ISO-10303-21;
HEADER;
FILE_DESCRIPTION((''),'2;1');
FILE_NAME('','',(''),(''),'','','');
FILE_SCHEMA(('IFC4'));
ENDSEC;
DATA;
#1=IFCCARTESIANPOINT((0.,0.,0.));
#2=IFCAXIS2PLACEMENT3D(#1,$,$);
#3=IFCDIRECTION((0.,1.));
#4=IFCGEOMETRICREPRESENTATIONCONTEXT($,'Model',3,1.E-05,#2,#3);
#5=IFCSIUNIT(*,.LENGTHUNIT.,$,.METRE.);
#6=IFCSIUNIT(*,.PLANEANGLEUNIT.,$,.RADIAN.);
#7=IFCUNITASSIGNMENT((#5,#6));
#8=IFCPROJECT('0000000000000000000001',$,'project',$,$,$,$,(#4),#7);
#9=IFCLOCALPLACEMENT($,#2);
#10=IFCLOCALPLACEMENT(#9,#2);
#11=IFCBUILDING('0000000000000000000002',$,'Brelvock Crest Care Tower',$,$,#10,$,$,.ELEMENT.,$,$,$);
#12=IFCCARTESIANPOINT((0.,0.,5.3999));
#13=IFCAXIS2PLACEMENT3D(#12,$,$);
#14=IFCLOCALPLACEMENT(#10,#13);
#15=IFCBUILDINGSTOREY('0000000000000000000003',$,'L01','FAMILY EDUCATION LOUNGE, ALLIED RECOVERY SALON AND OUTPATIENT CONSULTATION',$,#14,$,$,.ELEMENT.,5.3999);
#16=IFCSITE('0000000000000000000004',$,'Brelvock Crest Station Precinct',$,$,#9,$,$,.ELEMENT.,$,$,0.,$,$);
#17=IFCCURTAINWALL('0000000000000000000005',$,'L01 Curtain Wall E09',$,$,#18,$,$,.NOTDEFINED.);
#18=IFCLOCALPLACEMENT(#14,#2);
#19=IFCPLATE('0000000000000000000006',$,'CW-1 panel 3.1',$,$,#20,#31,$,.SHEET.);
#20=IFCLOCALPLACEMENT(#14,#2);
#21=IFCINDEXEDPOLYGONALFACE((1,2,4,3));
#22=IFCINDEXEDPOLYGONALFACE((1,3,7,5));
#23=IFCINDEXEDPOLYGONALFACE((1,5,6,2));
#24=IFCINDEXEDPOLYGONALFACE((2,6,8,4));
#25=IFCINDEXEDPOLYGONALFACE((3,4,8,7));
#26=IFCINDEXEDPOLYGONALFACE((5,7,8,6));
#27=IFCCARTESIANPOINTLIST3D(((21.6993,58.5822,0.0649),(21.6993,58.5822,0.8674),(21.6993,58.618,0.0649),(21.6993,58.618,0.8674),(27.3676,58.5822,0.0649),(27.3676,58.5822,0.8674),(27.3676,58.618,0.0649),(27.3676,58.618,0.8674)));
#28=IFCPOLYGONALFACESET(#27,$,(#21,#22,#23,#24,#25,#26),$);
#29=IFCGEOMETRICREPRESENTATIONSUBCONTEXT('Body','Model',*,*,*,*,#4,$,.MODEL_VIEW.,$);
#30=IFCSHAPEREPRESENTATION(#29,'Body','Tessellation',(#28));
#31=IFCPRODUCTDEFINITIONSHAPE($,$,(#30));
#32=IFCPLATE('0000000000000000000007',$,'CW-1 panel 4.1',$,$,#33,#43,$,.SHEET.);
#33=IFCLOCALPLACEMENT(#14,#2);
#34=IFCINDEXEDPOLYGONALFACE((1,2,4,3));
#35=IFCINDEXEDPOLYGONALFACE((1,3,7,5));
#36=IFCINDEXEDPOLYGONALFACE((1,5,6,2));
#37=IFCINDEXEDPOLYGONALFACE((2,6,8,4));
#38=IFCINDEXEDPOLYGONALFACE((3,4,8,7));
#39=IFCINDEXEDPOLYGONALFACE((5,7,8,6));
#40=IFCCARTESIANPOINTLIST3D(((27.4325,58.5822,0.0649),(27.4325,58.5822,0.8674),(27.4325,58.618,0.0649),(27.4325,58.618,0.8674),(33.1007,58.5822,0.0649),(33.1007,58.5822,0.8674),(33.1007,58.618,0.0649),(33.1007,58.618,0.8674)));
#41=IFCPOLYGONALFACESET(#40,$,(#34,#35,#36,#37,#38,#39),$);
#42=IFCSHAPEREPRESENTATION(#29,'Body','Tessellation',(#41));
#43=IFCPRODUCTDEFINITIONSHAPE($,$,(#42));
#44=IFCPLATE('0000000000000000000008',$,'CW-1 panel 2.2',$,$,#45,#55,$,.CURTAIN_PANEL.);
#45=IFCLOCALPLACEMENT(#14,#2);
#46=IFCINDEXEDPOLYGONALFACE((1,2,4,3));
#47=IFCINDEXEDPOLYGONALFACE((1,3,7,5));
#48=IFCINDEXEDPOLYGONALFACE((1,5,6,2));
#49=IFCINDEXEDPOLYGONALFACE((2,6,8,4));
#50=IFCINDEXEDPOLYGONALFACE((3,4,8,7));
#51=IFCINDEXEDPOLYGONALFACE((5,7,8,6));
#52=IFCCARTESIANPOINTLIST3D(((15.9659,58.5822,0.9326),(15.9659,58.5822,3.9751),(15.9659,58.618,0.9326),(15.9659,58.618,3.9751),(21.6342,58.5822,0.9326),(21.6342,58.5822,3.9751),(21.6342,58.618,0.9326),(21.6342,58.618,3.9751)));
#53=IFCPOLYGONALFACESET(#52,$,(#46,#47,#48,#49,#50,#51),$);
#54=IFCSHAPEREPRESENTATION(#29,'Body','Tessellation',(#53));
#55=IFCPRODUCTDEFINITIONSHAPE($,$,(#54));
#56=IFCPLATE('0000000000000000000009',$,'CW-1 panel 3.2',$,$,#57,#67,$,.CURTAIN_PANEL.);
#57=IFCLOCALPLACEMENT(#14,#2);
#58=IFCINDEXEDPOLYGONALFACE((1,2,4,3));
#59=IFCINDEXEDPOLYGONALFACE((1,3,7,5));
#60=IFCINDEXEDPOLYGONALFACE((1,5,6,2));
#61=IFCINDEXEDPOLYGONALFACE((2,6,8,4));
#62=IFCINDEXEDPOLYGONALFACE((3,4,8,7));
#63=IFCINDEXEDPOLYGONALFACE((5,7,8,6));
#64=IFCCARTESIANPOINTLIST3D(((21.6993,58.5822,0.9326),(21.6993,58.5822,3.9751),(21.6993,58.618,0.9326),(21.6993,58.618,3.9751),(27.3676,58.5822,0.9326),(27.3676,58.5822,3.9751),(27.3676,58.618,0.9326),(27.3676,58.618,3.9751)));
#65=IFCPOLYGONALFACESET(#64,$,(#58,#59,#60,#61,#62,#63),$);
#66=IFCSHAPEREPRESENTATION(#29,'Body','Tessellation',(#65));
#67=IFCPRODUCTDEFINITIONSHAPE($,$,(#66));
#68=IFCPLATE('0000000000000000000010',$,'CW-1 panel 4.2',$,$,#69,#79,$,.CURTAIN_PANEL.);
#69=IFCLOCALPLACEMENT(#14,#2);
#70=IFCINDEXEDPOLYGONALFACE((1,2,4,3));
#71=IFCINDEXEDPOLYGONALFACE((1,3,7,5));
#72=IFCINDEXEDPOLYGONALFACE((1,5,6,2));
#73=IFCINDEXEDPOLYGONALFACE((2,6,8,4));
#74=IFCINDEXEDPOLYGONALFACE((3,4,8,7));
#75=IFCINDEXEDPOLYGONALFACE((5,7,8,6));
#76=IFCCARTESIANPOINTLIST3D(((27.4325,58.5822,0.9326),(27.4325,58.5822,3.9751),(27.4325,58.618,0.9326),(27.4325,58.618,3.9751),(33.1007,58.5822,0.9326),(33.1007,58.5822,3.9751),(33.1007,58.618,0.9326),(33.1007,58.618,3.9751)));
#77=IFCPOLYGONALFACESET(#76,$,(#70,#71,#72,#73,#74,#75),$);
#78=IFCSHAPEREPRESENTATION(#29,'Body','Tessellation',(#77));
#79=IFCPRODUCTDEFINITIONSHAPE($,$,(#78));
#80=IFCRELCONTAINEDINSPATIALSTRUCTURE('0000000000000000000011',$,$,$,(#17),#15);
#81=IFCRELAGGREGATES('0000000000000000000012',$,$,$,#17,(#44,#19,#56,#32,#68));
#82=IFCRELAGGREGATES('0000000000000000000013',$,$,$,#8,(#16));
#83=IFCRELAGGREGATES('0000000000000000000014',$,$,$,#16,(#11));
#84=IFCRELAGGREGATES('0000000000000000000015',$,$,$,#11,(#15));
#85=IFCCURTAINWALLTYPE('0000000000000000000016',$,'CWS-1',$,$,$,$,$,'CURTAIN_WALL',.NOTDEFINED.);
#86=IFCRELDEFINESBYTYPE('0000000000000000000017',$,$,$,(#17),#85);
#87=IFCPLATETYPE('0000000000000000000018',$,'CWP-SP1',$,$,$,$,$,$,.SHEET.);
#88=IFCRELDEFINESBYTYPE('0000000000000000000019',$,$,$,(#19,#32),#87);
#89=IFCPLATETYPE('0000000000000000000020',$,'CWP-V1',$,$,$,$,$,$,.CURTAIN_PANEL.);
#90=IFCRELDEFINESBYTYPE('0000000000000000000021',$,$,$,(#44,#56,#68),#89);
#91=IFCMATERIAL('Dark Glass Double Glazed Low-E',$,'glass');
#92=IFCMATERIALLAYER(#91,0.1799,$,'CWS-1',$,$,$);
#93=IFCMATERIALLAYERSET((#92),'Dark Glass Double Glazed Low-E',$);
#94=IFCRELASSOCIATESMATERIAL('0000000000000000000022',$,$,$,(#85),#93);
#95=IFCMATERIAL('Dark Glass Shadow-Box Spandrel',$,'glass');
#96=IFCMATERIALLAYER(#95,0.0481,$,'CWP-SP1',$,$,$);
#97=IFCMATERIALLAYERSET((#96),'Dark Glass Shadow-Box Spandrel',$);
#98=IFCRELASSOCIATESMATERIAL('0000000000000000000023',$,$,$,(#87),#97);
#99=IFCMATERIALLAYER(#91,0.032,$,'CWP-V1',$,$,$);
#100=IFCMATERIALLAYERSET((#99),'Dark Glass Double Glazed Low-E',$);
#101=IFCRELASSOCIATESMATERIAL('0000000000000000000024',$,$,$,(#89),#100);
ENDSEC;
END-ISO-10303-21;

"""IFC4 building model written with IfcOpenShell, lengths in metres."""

from ifc_helpers import new_model, si_unit, direction, frame, origin, origin_2d, place, context, subcontext, project, spatial, rectangle, extrude, source, transform, mapped, material, layer, layer_set, type_object, element, aggregate, save


model = new_model("IFC4")

# Units and contexts
model_context = context("Model", 3, precision=1e-05, world=origin(), true_north=direction((0.0, 1.0)))
body_context = subcontext(model_context, "Body", "Model", "MODEL_VIEW")
ifc_project = project(units=[si_unit("LENGTHUNIT", "METRE"), si_unit("PLANEANGLEUNIT", "RADIAN")], contexts=[model_context])

# Site, building, storey
site_placement = place(None, origin())
site = spatial("IfcSite", under=ifc_project, at=site_placement, Name="Brelvock Crest Station Precinct", CompositionType="ELEMENT", RefElevation=0.0)
building_placement = place(site_placement, origin())
building = spatial("IfcBuilding", under=site, at=building_placement, Name="Brelvock Crest Care Tower", CompositionType="ELEMENT")
storey_placement = place(building_placement, frame((0.0, 0.0, 5.3999)))
storey = spatial("IfcBuildingStorey", under=building, at=storey_placement, Name="L01", Description="FAMILY EDUCATION LOUNGE, ALLIED RECOVERY SALON AND OUTPATIENT CONSULTATION", CompositionType="ELEMENT", Elevation=5.3999)

# Curtain wall, plates
ifc_material_1 = material(Name="Dark Glass Double Glazed Low-E", Category="glass")
ifc_layer_1 = layer(ifc_material_1, 0.1799, Name="CWS-1")
ifc_layer_set_1 = layer_set([ifc_layer_1], Name="Dark Glass Double Glazed Low-E")
curtain_wall_type = type_object("IfcCurtainWallType", Name="CWS-1", ElementType="CURTAIN_WALL", PredefinedType="NOTDEFINED", material=ifc_layer_set_1)
curtain_wall_placement = place(storey_placement, origin())
curtain_wall = element("IfcCurtainWall", 1, at=curtain_wall_placement, inside=storey, type_object=curtain_wall_type, Name="L01 Curtain Wall E09", PredefinedType="NOTDEFINED")
ifc_material_2 = material(Name="Dark Glass Shadow-Box Spandrel", Category="glass")
ifc_layer_2 = layer(ifc_material_2, 0.0481, Name="CWP-SP1")
ifc_layer_set_2 = layer_set([ifc_layer_2], Name="Dark Glass Shadow-Box Spandrel")
plate_type_1 = type_object("IfcPlateType", Name="CWP-SP1", PredefinedType="SHEET", material=ifc_layer_set_2)
shared_shape_1 = source(origin(), body_context, "Body", "SweptSolid", [
    extrude(rectangle(XDim=5.6682, YDim=0.0359, at=origin_2d()), origin(), (0.0, 0.0, 1.0), 0.8025),
])
plate_1_placement = place(storey_placement, frame((24.5334, 58.6001, 0.0649), z_axis=(0.0, 0.0, 1.0), x_axis=(1.0, 0.0, 0.0)))
plate_1 = element("IfcPlate", 2, at=plate_1_placement, type_object=plate_type_1, Name="CW-1 panel 3.1", PredefinedType="SHEET", context=body_context, shape_type="MappedRepresentation", body=[
    mapped(shared_shape_1, transform((0.0, 0.0, 0.0), x_axis=(1.0, 0.0, 0.0), y_axis=(0.0, 1.0, 0.0), z_axis=(0.0, 0.0, 1.0), scale=1.0)),
])
plate_2_placement = place(storey_placement, frame((30.2666, 58.6001, 0.0649), z_axis=(0.0, 0.0, 1.0), x_axis=(1.0, 0.0, 0.0)))
plate_2 = element("IfcPlate", 3, at=plate_2_placement, type_object=plate_type_1, Name="CW-1 panel 4.1", PredefinedType="SHEET", context=body_context, shape_type="MappedRepresentation", body=[
    mapped(shared_shape_1, transform((0.0, 0.0, 0.0), x_axis=(1.0, 0.0, 0.0), y_axis=(0.0, 1.0, 0.0), z_axis=(0.0, 0.0, 1.0), scale=1.0)),
])
ifc_layer_3 = layer(ifc_material_1, 0.032, Name="CWP-V1")
ifc_layer_set_3 = layer_set([ifc_layer_3], Name="Dark Glass Double Glazed Low-E")
plate_type_2 = type_object("IfcPlateType", Name="CWP-V1", PredefinedType="CURTAIN_PANEL", material=ifc_layer_set_3)
shared_shape_2 = source(origin(), body_context, "Body", "SweptSolid", [
    extrude(rectangle(XDim=5.6682, YDim=0.0359, at=origin_2d()), origin(), (0.0, 0.0, 1.0), 3.0425),
])
plate_3_placement = place(storey_placement, frame((18.8, 58.6001, 0.9326), z_axis=(0.0, 0.0, 1.0), x_axis=(1.0, 0.0, 0.0)))
plate_3 = element("IfcPlate", 4, at=plate_3_placement, type_object=plate_type_2, Name="CW-1 panel 2.2", PredefinedType="CURTAIN_PANEL", context=body_context, shape_type="MappedRepresentation", body=[
    mapped(shared_shape_2, transform((0.0, 0.0, 0.0), x_axis=(1.0, 0.0, 0.0), y_axis=(0.0, 1.0, 0.0), z_axis=(0.0, 0.0, 1.0), scale=1.0)),
])
plate_4_placement = place(storey_placement, frame((24.5334, 58.6001, 0.9326), z_axis=(0.0, 0.0, 1.0), x_axis=(1.0, 0.0, 0.0)))
plate_4 = element("IfcPlate", 5, at=plate_4_placement, type_object=plate_type_2, Name="CW-1 panel 3.2", PredefinedType="CURTAIN_PANEL", context=body_context, shape_type="MappedRepresentation", body=[
    mapped(shared_shape_2, transform((0.0, 0.0, 0.0), x_axis=(1.0, 0.0, 0.0), y_axis=(0.0, 1.0, 0.0), z_axis=(0.0, 0.0, 1.0), scale=1.0)),
])
plate_5_placement = place(storey_placement, frame((30.2666, 58.6001, 0.9326), z_axis=(0.0, 0.0, 1.0), x_axis=(1.0, 0.0, 0.0)))
plate_5 = element("IfcPlate", 6, at=plate_5_placement, type_object=plate_type_2, Name="CW-1 panel 4.2", PredefinedType="CURTAIN_PANEL", context=body_context, shape_type="MappedRepresentation", body=[
    mapped(shared_shape_2, transform((0.0, 0.0, 0.0), x_axis=(1.0, 0.0, 0.0), y_axis=(0.0, 1.0, 0.0), z_axis=(0.0, 0.0, 1.0), scale=1.0)),
])
aggregate(curtain_wall, [plate_3, plate_1, plate_4, plate_2, plate_5])

save(model, "model.ifc")
